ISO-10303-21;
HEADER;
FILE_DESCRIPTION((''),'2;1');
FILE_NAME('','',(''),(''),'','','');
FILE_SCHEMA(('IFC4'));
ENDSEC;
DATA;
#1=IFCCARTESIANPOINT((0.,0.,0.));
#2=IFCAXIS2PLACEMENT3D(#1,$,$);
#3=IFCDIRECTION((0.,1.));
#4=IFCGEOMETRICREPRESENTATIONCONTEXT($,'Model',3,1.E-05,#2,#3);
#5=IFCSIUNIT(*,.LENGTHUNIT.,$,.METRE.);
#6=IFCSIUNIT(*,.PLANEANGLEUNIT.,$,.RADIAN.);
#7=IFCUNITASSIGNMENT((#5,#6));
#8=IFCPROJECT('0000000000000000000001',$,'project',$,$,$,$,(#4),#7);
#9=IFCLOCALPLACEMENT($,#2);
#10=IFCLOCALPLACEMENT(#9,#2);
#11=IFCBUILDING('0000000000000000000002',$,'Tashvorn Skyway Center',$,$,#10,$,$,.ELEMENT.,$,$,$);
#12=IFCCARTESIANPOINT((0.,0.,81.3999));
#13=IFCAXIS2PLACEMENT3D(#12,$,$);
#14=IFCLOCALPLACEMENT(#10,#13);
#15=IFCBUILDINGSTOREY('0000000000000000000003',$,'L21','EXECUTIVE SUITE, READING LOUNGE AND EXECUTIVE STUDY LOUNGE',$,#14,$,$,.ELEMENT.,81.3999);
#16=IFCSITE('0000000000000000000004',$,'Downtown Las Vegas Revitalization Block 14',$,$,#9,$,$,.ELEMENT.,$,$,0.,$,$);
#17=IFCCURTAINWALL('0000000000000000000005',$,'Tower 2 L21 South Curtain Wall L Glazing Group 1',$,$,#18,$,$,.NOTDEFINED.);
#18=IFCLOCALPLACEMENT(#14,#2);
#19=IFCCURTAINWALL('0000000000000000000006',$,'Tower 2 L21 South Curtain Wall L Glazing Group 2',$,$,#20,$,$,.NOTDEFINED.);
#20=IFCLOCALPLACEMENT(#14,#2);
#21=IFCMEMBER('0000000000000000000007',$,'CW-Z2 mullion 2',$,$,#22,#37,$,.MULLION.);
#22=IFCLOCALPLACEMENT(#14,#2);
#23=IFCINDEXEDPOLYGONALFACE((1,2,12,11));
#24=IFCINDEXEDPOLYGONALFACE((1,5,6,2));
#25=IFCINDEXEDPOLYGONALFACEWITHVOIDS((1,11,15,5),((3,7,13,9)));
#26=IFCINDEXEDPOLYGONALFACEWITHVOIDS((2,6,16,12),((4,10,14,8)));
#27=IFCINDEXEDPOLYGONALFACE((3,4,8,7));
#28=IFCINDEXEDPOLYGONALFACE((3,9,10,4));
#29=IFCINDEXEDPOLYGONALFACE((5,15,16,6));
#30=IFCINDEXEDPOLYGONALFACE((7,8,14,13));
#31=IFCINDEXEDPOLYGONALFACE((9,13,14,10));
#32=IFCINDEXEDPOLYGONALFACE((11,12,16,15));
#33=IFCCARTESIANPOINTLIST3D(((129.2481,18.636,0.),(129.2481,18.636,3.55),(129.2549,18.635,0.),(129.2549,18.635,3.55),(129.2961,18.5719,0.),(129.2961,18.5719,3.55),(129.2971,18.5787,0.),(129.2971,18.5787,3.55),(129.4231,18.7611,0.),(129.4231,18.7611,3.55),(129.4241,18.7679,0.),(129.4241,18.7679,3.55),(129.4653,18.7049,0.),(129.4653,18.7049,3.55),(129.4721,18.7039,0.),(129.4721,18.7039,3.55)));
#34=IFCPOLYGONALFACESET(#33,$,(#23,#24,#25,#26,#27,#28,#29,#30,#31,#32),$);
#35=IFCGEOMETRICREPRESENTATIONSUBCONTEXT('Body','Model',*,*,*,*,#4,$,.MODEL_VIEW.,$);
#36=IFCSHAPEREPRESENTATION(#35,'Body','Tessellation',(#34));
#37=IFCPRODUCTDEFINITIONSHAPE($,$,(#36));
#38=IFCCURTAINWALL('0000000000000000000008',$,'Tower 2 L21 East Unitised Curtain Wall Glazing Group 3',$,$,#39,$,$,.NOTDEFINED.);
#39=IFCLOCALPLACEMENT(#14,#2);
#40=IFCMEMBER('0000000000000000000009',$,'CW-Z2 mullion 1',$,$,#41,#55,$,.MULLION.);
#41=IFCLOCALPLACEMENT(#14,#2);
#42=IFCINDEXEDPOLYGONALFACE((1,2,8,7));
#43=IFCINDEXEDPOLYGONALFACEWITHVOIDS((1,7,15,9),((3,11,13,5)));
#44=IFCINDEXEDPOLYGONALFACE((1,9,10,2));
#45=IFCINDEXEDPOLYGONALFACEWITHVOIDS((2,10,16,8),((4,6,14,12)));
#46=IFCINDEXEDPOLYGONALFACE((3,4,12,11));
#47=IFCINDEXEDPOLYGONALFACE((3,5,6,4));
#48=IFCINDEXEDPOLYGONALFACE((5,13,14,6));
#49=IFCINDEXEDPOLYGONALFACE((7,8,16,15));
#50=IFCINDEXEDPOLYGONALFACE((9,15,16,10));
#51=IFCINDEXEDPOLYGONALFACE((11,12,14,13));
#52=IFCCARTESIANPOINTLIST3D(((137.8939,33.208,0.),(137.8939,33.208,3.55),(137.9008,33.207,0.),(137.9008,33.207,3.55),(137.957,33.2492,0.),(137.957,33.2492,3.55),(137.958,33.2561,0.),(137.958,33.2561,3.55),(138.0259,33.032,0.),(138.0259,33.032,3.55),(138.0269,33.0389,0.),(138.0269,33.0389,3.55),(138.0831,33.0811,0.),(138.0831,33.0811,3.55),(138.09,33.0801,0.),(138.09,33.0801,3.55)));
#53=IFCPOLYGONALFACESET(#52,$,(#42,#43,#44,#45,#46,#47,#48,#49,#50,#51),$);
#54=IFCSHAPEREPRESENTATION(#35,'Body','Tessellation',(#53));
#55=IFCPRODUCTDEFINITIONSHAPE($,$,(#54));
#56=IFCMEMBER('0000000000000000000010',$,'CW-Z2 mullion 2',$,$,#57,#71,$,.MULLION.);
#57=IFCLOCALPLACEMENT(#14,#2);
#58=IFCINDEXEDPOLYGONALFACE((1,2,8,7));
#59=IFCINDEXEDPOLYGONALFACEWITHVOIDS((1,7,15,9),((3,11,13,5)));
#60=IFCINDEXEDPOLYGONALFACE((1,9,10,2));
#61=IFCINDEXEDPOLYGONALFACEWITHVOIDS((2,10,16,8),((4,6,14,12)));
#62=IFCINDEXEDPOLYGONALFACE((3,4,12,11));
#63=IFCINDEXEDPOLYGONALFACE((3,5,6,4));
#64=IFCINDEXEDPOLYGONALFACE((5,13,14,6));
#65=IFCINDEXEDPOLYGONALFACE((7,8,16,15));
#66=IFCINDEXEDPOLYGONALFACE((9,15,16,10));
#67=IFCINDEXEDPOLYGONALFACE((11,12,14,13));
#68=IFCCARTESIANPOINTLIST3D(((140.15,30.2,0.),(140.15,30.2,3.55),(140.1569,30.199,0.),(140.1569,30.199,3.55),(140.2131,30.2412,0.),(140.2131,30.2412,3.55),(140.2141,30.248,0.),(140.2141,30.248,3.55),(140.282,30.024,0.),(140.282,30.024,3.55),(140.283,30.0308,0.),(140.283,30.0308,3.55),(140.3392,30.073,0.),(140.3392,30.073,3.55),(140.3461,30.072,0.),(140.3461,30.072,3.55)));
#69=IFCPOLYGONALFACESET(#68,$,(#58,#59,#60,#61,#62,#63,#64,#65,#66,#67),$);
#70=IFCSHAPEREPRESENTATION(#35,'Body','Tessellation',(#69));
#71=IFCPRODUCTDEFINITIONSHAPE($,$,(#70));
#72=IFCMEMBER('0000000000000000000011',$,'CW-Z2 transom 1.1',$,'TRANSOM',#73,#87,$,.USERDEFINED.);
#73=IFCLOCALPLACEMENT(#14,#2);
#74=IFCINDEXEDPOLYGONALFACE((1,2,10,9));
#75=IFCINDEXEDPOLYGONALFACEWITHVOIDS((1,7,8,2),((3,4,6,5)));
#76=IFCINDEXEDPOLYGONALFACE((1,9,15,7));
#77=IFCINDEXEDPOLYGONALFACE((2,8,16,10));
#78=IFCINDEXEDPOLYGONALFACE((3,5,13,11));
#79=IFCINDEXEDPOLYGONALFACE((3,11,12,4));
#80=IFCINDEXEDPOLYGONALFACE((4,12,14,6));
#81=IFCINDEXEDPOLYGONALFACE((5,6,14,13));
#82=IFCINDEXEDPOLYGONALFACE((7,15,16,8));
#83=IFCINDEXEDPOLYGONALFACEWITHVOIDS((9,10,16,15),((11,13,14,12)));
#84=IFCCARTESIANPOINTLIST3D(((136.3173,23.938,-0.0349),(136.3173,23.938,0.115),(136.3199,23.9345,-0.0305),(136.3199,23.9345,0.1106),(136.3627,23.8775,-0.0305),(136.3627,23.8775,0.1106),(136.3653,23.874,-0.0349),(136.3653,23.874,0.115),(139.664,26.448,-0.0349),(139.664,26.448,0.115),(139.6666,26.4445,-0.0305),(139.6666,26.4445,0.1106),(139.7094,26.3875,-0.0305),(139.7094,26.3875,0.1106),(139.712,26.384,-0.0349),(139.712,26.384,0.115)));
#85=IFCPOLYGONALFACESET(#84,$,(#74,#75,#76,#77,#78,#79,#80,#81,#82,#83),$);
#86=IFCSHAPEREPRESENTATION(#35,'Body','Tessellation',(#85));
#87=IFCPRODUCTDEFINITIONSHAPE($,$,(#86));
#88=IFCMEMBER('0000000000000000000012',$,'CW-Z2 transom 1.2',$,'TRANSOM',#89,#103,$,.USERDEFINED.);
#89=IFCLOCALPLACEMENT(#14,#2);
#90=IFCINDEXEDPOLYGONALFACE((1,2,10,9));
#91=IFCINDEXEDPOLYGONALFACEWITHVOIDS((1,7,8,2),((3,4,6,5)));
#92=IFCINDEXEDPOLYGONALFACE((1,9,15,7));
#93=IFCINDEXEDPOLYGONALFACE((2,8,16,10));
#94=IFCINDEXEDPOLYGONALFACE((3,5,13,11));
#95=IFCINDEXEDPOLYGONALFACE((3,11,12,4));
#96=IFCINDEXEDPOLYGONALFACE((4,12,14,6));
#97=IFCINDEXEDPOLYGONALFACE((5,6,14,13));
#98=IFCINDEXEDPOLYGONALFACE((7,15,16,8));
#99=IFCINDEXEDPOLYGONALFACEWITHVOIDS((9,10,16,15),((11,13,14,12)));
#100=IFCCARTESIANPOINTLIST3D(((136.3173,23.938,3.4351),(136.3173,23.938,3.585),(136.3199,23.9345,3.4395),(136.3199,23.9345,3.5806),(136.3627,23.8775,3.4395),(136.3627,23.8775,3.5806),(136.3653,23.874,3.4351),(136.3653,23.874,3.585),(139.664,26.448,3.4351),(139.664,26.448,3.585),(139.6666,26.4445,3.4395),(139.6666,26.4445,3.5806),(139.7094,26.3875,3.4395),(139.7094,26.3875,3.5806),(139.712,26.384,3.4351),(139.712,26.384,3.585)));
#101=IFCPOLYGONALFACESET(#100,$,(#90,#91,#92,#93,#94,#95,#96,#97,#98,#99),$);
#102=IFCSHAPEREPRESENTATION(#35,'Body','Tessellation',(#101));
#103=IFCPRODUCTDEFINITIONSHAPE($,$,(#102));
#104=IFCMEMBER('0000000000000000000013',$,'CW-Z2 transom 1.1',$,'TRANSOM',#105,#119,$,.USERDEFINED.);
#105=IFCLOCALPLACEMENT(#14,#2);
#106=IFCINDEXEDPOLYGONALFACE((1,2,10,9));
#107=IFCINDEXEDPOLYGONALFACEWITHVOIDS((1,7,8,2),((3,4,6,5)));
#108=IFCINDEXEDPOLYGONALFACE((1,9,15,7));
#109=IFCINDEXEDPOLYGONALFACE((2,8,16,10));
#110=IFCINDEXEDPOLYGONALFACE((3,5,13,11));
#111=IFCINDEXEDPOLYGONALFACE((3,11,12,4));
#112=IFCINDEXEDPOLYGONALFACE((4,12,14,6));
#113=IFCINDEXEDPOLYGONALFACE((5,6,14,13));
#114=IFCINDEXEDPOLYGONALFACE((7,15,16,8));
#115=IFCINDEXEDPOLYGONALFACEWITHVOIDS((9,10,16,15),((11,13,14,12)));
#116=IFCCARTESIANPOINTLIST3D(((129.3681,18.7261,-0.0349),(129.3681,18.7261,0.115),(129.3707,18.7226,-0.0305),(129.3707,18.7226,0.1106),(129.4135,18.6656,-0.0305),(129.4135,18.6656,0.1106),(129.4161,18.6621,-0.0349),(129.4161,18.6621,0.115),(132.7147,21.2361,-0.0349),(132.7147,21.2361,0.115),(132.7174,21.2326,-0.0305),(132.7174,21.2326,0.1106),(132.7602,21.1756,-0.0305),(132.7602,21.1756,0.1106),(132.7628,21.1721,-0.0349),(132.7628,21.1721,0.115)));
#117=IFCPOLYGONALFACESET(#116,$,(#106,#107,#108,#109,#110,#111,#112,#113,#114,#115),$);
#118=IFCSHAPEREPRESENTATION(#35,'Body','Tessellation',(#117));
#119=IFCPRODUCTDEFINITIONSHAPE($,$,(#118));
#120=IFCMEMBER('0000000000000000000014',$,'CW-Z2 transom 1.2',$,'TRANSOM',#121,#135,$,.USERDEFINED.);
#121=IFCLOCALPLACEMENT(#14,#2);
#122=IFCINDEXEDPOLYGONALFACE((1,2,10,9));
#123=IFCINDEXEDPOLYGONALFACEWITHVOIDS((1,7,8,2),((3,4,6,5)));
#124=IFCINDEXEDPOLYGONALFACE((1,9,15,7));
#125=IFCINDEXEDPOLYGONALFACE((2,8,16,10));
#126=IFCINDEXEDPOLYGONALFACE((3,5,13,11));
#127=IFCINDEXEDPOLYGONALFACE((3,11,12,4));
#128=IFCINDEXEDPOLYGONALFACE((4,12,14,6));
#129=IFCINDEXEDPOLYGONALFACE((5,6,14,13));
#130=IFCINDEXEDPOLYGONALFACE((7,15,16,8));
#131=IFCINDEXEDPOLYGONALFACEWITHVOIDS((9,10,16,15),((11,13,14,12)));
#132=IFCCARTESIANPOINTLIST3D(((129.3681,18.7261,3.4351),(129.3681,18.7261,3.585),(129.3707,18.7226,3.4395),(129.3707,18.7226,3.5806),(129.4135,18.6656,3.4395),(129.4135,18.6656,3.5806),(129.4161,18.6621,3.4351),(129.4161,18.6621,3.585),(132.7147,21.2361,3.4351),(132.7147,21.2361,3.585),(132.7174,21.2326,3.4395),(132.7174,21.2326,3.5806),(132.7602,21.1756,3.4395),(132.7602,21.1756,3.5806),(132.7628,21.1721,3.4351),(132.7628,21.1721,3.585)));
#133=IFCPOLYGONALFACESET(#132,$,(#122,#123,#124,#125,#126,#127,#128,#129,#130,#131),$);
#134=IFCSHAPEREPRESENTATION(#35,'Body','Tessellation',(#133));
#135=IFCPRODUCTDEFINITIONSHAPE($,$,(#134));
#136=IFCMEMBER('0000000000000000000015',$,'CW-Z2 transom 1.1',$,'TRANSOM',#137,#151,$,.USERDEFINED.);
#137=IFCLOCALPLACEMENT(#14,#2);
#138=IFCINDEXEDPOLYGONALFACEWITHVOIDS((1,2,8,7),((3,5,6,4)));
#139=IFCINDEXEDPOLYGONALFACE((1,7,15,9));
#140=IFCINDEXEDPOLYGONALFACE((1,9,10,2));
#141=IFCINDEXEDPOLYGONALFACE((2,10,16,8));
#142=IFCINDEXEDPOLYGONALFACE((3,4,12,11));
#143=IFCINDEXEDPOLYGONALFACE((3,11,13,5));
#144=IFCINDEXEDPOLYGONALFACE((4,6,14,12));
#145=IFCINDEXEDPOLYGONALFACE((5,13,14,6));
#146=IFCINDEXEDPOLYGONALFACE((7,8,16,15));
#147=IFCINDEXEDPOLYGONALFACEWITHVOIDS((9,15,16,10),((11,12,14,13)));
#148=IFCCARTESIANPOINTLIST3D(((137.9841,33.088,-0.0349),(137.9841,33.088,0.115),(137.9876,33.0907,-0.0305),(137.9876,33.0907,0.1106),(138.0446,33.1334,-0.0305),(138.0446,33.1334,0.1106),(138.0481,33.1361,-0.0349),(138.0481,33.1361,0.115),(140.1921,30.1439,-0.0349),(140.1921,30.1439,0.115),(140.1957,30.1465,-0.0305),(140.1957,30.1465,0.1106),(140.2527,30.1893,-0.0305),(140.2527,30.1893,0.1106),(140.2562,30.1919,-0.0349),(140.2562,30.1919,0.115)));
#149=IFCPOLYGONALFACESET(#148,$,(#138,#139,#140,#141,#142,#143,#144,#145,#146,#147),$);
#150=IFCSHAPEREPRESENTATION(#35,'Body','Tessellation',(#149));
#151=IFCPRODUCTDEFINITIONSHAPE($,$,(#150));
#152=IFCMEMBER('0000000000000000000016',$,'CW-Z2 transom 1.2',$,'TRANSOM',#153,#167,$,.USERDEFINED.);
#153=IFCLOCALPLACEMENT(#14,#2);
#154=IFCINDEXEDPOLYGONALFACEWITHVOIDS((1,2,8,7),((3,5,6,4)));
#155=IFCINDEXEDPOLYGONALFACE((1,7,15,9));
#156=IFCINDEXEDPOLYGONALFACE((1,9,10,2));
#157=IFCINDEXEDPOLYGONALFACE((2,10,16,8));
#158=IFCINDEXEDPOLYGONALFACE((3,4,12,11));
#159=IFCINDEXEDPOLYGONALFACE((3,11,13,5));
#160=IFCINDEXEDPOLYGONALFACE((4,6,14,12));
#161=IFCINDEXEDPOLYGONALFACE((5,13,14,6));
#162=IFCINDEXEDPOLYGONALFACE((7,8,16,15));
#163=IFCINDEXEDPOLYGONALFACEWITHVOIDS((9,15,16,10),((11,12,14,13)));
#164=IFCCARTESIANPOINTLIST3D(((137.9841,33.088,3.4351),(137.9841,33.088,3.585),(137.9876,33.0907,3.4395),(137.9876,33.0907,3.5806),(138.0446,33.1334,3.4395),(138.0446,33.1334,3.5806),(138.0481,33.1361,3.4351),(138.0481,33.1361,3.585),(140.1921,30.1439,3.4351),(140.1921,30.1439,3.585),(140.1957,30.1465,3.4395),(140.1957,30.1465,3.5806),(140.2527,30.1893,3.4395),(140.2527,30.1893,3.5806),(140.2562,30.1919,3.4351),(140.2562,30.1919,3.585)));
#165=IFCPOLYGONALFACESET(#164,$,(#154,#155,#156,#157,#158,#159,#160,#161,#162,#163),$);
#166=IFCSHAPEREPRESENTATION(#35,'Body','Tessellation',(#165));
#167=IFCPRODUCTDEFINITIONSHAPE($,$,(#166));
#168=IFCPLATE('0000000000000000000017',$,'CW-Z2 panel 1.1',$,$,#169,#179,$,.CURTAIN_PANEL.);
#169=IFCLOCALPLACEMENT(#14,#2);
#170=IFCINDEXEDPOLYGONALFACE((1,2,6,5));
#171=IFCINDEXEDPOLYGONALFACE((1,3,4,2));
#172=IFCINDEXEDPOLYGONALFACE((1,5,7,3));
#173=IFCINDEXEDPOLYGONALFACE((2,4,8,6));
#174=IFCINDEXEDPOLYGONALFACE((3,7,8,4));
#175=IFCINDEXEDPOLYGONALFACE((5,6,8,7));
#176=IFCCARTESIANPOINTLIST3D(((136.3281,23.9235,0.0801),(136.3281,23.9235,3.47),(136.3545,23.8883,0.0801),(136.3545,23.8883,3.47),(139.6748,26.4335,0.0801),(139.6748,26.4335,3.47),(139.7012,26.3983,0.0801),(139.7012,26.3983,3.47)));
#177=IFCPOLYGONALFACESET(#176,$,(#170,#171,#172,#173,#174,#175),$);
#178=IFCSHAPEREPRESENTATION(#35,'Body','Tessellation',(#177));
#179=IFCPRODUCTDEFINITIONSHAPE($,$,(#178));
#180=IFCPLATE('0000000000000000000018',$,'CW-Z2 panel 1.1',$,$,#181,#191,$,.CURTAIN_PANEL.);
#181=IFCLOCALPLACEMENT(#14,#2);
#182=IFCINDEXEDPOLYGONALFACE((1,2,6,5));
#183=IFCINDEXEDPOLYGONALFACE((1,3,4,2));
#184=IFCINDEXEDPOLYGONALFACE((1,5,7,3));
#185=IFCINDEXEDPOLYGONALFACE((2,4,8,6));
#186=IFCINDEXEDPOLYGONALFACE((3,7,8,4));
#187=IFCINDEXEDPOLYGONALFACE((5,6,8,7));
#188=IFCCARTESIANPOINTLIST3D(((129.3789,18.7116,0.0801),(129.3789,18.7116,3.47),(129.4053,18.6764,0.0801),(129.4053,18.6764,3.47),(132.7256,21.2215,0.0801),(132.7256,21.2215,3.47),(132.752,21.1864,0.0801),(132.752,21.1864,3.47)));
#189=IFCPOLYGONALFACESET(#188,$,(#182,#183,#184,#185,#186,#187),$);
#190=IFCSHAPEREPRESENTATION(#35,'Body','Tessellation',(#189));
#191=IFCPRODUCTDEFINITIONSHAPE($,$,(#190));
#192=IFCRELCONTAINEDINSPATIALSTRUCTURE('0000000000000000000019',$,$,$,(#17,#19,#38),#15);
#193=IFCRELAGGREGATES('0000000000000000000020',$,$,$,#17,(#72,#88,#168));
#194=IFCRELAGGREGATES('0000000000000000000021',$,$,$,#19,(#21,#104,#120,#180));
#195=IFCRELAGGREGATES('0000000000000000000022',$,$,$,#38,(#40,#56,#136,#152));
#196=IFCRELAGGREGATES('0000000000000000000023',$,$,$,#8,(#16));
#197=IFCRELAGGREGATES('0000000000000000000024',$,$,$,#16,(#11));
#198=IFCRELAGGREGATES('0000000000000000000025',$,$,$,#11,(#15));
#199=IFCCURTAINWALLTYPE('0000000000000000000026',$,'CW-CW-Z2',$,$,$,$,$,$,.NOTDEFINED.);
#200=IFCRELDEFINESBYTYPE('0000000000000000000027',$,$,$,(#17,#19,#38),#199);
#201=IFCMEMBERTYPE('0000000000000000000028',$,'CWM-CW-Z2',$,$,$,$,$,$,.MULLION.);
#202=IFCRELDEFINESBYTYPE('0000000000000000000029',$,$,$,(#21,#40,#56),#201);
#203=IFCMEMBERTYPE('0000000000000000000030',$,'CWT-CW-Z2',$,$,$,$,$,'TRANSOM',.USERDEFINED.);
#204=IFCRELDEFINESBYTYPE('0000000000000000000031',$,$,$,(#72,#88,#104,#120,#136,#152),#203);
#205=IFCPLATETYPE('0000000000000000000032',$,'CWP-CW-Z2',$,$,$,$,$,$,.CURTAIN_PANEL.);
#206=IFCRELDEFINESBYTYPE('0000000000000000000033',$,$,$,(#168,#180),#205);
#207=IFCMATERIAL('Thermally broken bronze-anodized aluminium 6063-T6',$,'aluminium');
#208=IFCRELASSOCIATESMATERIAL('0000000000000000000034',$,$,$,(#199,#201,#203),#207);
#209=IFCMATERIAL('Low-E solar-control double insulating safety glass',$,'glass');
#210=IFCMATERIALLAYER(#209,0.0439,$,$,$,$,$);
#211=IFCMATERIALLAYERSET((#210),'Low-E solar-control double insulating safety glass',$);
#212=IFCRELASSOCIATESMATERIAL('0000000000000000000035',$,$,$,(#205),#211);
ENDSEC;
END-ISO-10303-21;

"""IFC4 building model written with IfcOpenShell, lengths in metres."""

from ifc_helpers import new_model, si_unit, direction, frame, origin, origin_2d, place, context, subcontext, project, spatial, rectangle, hollow_rectangle, extrude, material, layer, layer_set, material_profile, profile_set, type_object, element, aggregate, save


model = new_model("IFC4")

# Units and contexts
model_context = context("Model", 3, precision=1e-05, world=origin(), true_north=direction((0.0, 1.0)))
body_context = subcontext(model_context, "Body", "Model", "MODEL_VIEW")
ifc_project = project(units=[si_unit("LENGTHUNIT", "METRE"), si_unit("PLANEANGLEUNIT", "RADIAN")], contexts=[model_context])

# Site, building, storey
site_placement = place(None, origin())
site = spatial("IfcSite", under=ifc_project, at=site_placement, Name="Downtown Las Vegas Revitalization Block 14", CompositionType="ELEMENT", RefElevation=0.0)
building_placement = place(site_placement, origin())
building = spatial("IfcBuilding", under=site, at=building_placement, Name="Tashvorn Skyway Center", CompositionType="ELEMENT")
storey_placement = place(building_placement, frame((0.0, 0.0, 81.3999)))
storey = spatial("IfcBuildingStorey", under=building, at=storey_placement, Name="L21", Description="EXECUTIVE SUITE, READING LOUNGE AND EXECUTIVE STUDY LOUNGE", CompositionType="ELEMENT", Elevation=81.3999)

# Curtain walls, members
ifc_material_1 = material(Name="Thermally broken bronze-anodized aluminium 6063-T6", Category="aluminium")
curtain_wall_type = type_object("IfcCurtainWallType", Name="CW-CW-Z2", PredefinedType="NOTDEFINED", material=ifc_material_1)
curtain_wall_1_placement = place(storey_placement, origin())
curtain_wall_1 = element("IfcCurtainWall", 1, at=curtain_wall_1_placement, inside=storey, type_object=curtain_wall_type, Name="Tower 2 L21 South Curtain Wall L Glazing Group 1", PredefinedType="NOTDEFINED")
ifc_material_profile_1 = material_profile(ifc_material_1, hollow_rectangle(XDim=0.0801, YDim=0.22, WallThickness=0.0049, at=origin_2d()), Name="ALU-MULL-80x220")
ifc_profile_set_1 = profile_set([ifc_material_profile_1], Name="Thermally broken bronze-anodized aluminium 6063-T6")
member_type_1 = type_object("IfcMemberType", Name="CWM-CW-Z2", PredefinedType="MULLION", material=ifc_profile_set_1)
curtain_wall_2_placement = place(storey_placement, origin())
curtain_wall_2 = element("IfcCurtainWall", 2, at=curtain_wall_2_placement, inside=storey, type_object=curtain_wall_type, Name="Tower 2 L21 South Curtain Wall L Glazing Group 2", PredefinedType="NOTDEFINED")
member_1_placement = place(storey_placement, frame((129.3601, 18.6699, 0.0), z_axis=(0.0, 0.0, 1.0), x_axis=(0.599996, -0.800003, 0.0)))
member_1 = element("IfcMember", 3, at=member_1_placement, type_object=member_type_1, Name="CW-Z2 mullion 2", PredefinedType="MULLION", context=body_context, shape_type="SweptSolid", body=[
    extrude(hollow_rectangle(XDim=0.0801, YDim=0.22, WallThickness=0.0049, at=origin_2d()), origin(), (0.0, 0.0, 1.0), 3.55),
])
curtain_wall_3_placement = place(storey_placement, origin())
curtain_wall_3 = element("IfcCurtainWall", 4, at=curtain_wall_3_placement, inside=storey, type_object=curtain_wall_type, Name="Tower 2 L21 East Unitised Curtain Wall Glazing Group 3", PredefinedType="NOTDEFINED")
member_2_placement = place(storey_placement, frame((137.9919, 33.144, 0.0), z_axis=(0.0, 0.0, 1.0), x_axis=(0.8, 0.6, 0.0)))
member_2 = element("IfcMember", 5, at=member_2_placement, type_object=member_type_1, Name="CW-Z2 mullion 1", PredefinedType="MULLION", context=body_context, shape_type="SweptSolid", body=[
    extrude(hollow_rectangle(XDim=0.0801, YDim=0.22, WallThickness=0.0049, at=origin_2d()), origin(), (0.0, 0.0, 1.0), 3.55),
])
member_3_placement = place(storey_placement, frame((140.248, 30.136, 0.0), z_axis=(0.0, 0.0, 1.0), x_axis=(0.8, 0.6, 0.0)))
member_3 = element("IfcMember", 6, at=member_3_placement, type_object=member_type_1, Name="CW-Z2 mullion 2", PredefinedType="MULLION", context=body_context, shape_type="SweptSolid", body=[
    extrude(hollow_rectangle(XDim=0.0801, YDim=0.22, WallThickness=0.0049, at=origin_2d()), origin(), (0.0, 0.0, 1.0), 3.55),
])

# Members
ifc_material_profile_2 = material_profile(ifc_material_1, hollow_rectangle(XDim=0.0801, YDim=0.1499, WallThickness=0.0044, at=origin_2d()), Name="ALU-TRAN-80x150")
ifc_profile_set_2 = profile_set([ifc_material_profile_2], Name="Thermally broken bronze-anodized aluminium 6063-T6")
member_type_2 = type_object("IfcMemberType", Name="CWT-CW-Z2", ElementType="TRANSOM", PredefinedType="USERDEFINED", material=ifc_profile_set_2)
member_4_placement = place(storey_placement, frame((139.688, 26.416, 0.04), z_axis=(-0.8, -0.6, 0.0), x_axis=(0.6, -0.8, 0.0)))
member_4 = element("IfcMember", 7, at=member_4_placement, type_object=member_type_2, Name="CW-Z2 transom 1.1", ObjectType="TRANSOM", PredefinedType="USERDEFINED", context=body_context, shape_type="SweptSolid", body=[
    extrude(hollow_rectangle(XDim=0.0801, YDim=0.1499, WallThickness=0.0044, at=origin_2d()), origin(), (0.0, 0.0, 1.0), 4.1833),
])
member_5_placement = place(storey_placement, frame((139.688, 26.416, 3.51), z_axis=(-0.8, -0.6, 0.0), x_axis=(0.6, -0.8, 0.0)))
member_5 = element("IfcMember", 8, at=member_5_placement, type_object=member_type_2, Name="CW-Z2 transom 1.2", ObjectType="TRANSOM", PredefinedType="USERDEFINED", context=body_context, shape_type="SweptSolid", body=[
    extrude(hollow_rectangle(XDim=0.0801, YDim=0.1499, WallThickness=0.0044, at=origin_2d()), origin(), (0.0, 0.0, 1.0), 4.1833),
])
member_6_placement = place(storey_placement, frame((132.7388, 21.2041, 0.04), z_axis=(-0.8, -0.6, 0.0), x_axis=(0.6, -0.8, 0.0)))
member_6 = element("IfcMember", 9, at=member_6_placement, type_object=member_type_2, Name="CW-Z2 transom 1.1", ObjectType="TRANSOM", PredefinedType="USERDEFINED", context=body_context, shape_type="SweptSolid", body=[
    extrude(hollow_rectangle(XDim=0.0801, YDim=0.1499, WallThickness=0.0044, at=origin_2d()), origin(), (0.0, 0.0, 1.0), 4.1833),
])
member_7_placement = place(storey_placement, frame((132.7388, 21.2041, 3.51), z_axis=(-0.8, -0.6, 0.0), x_axis=(0.6, -0.8, 0.0)))
member_7 = element("IfcMember", 10, at=member_7_placement, type_object=member_type_2, Name="CW-Z2 transom 1.2", ObjectType="TRANSOM", PredefinedType="USERDEFINED", context=body_context, shape_type="SweptSolid", body=[
    extrude(hollow_rectangle(XDim=0.0801, YDim=0.1499, WallThickness=0.0044, at=origin_2d()), origin(), (0.0, 0.0, 1.0), 4.1833),
])
member_8_placement = place(storey_placement, frame((138.0161, 33.1121, 0.04), z_axis=(0.599989, -0.800008, 0.0), x_axis=(0.800008, 0.599989, 0.0)))
member_8 = element("IfcMember", 11, at=member_8_placement, type_object=member_type_2, Name="CW-Z2 transom 1.1", ObjectType="TRANSOM", PredefinedType="USERDEFINED", context=body_context, shape_type="SweptSolid", body=[
    extrude(hollow_rectangle(XDim=0.0801, YDim=0.1499, WallThickness=0.0044, at=origin_2d()), origin(), (0.0, 0.0, 1.0), 3.6802),
])
member_9_placement = place(storey_placement, frame((138.0161, 33.1121, 3.51), z_axis=(0.599989, -0.800008, 0.0), x_axis=(0.800008, 0.599989, 0.0)))
member_9 = element("IfcMember", 12, at=member_9_placement, type_object=member_type_2, Name="CW-Z2 transom 1.2", ObjectType="TRANSOM", PredefinedType="USERDEFINED", context=body_context, shape_type="SweptSolid", body=[
    extrude(hollow_rectangle(XDim=0.0801, YDim=0.1499, WallThickness=0.0044, at=origin_2d()), origin(), (0.0, 0.0, 1.0), 3.6802),
])

# Plates
ifc_material_2 = material(Name="Low-E solar-control double insulating safety glass", Category="glass")
ifc_layer_1 = layer(ifc_material_2, 0.0439)
ifc_layer_set_1 = layer_set([ifc_layer_1], Name="Low-E solar-control double insulating safety glass")
plate_type = type_object("IfcPlateType", Name="CWP-CW-Z2", PredefinedType="CURTAIN_PANEL", material=ifc_layer_set_1)
plate_1_placement = place(storey_placement, frame((138.0146, 25.1609, 0.0801), z_axis=(0.0, 0.0, 1.0), x_axis=(-0.800003, -0.599996, 0.0)))
plate_1 = element("IfcPlate", 13, at=plate_1_placement, type_object=plate_type, Name="CW-Z2 panel 1.1", PredefinedType="CURTAIN_PANEL", context=body_context, shape_type="SweptSolid", body=[
    extrude(rectangle(XDim=4.1833, YDim=0.0439, at=origin_2d()), origin(), (0.0, 0.0, 1.0), 3.3899),
])
aggregate(curtain_wall_1, [member_4, member_5, plate_1])
plate_2_placement = place(storey_placement, frame((131.0654, 19.949, 0.0801), z_axis=(0.0, 0.0, 1.0), x_axis=(-0.800003, -0.599996, 0.0)))
plate_2 = element("IfcPlate", 14, at=plate_2_placement, type_object=plate_type, Name="CW-Z2 panel 1.1", PredefinedType="CURTAIN_PANEL", context=body_context, shape_type="SweptSolid", body=[
    extrude(rectangle(XDim=4.1833, YDim=0.0439, at=origin_2d()), origin(), (0.0, 0.0, 1.0), 3.3899),
])
aggregate(curtain_wall_2, [member_1, member_6, member_7, plate_2])
aggregate(curtain_wall_3, [member_2, member_3, member_8, member_9])

save(model, "model.ifc")
